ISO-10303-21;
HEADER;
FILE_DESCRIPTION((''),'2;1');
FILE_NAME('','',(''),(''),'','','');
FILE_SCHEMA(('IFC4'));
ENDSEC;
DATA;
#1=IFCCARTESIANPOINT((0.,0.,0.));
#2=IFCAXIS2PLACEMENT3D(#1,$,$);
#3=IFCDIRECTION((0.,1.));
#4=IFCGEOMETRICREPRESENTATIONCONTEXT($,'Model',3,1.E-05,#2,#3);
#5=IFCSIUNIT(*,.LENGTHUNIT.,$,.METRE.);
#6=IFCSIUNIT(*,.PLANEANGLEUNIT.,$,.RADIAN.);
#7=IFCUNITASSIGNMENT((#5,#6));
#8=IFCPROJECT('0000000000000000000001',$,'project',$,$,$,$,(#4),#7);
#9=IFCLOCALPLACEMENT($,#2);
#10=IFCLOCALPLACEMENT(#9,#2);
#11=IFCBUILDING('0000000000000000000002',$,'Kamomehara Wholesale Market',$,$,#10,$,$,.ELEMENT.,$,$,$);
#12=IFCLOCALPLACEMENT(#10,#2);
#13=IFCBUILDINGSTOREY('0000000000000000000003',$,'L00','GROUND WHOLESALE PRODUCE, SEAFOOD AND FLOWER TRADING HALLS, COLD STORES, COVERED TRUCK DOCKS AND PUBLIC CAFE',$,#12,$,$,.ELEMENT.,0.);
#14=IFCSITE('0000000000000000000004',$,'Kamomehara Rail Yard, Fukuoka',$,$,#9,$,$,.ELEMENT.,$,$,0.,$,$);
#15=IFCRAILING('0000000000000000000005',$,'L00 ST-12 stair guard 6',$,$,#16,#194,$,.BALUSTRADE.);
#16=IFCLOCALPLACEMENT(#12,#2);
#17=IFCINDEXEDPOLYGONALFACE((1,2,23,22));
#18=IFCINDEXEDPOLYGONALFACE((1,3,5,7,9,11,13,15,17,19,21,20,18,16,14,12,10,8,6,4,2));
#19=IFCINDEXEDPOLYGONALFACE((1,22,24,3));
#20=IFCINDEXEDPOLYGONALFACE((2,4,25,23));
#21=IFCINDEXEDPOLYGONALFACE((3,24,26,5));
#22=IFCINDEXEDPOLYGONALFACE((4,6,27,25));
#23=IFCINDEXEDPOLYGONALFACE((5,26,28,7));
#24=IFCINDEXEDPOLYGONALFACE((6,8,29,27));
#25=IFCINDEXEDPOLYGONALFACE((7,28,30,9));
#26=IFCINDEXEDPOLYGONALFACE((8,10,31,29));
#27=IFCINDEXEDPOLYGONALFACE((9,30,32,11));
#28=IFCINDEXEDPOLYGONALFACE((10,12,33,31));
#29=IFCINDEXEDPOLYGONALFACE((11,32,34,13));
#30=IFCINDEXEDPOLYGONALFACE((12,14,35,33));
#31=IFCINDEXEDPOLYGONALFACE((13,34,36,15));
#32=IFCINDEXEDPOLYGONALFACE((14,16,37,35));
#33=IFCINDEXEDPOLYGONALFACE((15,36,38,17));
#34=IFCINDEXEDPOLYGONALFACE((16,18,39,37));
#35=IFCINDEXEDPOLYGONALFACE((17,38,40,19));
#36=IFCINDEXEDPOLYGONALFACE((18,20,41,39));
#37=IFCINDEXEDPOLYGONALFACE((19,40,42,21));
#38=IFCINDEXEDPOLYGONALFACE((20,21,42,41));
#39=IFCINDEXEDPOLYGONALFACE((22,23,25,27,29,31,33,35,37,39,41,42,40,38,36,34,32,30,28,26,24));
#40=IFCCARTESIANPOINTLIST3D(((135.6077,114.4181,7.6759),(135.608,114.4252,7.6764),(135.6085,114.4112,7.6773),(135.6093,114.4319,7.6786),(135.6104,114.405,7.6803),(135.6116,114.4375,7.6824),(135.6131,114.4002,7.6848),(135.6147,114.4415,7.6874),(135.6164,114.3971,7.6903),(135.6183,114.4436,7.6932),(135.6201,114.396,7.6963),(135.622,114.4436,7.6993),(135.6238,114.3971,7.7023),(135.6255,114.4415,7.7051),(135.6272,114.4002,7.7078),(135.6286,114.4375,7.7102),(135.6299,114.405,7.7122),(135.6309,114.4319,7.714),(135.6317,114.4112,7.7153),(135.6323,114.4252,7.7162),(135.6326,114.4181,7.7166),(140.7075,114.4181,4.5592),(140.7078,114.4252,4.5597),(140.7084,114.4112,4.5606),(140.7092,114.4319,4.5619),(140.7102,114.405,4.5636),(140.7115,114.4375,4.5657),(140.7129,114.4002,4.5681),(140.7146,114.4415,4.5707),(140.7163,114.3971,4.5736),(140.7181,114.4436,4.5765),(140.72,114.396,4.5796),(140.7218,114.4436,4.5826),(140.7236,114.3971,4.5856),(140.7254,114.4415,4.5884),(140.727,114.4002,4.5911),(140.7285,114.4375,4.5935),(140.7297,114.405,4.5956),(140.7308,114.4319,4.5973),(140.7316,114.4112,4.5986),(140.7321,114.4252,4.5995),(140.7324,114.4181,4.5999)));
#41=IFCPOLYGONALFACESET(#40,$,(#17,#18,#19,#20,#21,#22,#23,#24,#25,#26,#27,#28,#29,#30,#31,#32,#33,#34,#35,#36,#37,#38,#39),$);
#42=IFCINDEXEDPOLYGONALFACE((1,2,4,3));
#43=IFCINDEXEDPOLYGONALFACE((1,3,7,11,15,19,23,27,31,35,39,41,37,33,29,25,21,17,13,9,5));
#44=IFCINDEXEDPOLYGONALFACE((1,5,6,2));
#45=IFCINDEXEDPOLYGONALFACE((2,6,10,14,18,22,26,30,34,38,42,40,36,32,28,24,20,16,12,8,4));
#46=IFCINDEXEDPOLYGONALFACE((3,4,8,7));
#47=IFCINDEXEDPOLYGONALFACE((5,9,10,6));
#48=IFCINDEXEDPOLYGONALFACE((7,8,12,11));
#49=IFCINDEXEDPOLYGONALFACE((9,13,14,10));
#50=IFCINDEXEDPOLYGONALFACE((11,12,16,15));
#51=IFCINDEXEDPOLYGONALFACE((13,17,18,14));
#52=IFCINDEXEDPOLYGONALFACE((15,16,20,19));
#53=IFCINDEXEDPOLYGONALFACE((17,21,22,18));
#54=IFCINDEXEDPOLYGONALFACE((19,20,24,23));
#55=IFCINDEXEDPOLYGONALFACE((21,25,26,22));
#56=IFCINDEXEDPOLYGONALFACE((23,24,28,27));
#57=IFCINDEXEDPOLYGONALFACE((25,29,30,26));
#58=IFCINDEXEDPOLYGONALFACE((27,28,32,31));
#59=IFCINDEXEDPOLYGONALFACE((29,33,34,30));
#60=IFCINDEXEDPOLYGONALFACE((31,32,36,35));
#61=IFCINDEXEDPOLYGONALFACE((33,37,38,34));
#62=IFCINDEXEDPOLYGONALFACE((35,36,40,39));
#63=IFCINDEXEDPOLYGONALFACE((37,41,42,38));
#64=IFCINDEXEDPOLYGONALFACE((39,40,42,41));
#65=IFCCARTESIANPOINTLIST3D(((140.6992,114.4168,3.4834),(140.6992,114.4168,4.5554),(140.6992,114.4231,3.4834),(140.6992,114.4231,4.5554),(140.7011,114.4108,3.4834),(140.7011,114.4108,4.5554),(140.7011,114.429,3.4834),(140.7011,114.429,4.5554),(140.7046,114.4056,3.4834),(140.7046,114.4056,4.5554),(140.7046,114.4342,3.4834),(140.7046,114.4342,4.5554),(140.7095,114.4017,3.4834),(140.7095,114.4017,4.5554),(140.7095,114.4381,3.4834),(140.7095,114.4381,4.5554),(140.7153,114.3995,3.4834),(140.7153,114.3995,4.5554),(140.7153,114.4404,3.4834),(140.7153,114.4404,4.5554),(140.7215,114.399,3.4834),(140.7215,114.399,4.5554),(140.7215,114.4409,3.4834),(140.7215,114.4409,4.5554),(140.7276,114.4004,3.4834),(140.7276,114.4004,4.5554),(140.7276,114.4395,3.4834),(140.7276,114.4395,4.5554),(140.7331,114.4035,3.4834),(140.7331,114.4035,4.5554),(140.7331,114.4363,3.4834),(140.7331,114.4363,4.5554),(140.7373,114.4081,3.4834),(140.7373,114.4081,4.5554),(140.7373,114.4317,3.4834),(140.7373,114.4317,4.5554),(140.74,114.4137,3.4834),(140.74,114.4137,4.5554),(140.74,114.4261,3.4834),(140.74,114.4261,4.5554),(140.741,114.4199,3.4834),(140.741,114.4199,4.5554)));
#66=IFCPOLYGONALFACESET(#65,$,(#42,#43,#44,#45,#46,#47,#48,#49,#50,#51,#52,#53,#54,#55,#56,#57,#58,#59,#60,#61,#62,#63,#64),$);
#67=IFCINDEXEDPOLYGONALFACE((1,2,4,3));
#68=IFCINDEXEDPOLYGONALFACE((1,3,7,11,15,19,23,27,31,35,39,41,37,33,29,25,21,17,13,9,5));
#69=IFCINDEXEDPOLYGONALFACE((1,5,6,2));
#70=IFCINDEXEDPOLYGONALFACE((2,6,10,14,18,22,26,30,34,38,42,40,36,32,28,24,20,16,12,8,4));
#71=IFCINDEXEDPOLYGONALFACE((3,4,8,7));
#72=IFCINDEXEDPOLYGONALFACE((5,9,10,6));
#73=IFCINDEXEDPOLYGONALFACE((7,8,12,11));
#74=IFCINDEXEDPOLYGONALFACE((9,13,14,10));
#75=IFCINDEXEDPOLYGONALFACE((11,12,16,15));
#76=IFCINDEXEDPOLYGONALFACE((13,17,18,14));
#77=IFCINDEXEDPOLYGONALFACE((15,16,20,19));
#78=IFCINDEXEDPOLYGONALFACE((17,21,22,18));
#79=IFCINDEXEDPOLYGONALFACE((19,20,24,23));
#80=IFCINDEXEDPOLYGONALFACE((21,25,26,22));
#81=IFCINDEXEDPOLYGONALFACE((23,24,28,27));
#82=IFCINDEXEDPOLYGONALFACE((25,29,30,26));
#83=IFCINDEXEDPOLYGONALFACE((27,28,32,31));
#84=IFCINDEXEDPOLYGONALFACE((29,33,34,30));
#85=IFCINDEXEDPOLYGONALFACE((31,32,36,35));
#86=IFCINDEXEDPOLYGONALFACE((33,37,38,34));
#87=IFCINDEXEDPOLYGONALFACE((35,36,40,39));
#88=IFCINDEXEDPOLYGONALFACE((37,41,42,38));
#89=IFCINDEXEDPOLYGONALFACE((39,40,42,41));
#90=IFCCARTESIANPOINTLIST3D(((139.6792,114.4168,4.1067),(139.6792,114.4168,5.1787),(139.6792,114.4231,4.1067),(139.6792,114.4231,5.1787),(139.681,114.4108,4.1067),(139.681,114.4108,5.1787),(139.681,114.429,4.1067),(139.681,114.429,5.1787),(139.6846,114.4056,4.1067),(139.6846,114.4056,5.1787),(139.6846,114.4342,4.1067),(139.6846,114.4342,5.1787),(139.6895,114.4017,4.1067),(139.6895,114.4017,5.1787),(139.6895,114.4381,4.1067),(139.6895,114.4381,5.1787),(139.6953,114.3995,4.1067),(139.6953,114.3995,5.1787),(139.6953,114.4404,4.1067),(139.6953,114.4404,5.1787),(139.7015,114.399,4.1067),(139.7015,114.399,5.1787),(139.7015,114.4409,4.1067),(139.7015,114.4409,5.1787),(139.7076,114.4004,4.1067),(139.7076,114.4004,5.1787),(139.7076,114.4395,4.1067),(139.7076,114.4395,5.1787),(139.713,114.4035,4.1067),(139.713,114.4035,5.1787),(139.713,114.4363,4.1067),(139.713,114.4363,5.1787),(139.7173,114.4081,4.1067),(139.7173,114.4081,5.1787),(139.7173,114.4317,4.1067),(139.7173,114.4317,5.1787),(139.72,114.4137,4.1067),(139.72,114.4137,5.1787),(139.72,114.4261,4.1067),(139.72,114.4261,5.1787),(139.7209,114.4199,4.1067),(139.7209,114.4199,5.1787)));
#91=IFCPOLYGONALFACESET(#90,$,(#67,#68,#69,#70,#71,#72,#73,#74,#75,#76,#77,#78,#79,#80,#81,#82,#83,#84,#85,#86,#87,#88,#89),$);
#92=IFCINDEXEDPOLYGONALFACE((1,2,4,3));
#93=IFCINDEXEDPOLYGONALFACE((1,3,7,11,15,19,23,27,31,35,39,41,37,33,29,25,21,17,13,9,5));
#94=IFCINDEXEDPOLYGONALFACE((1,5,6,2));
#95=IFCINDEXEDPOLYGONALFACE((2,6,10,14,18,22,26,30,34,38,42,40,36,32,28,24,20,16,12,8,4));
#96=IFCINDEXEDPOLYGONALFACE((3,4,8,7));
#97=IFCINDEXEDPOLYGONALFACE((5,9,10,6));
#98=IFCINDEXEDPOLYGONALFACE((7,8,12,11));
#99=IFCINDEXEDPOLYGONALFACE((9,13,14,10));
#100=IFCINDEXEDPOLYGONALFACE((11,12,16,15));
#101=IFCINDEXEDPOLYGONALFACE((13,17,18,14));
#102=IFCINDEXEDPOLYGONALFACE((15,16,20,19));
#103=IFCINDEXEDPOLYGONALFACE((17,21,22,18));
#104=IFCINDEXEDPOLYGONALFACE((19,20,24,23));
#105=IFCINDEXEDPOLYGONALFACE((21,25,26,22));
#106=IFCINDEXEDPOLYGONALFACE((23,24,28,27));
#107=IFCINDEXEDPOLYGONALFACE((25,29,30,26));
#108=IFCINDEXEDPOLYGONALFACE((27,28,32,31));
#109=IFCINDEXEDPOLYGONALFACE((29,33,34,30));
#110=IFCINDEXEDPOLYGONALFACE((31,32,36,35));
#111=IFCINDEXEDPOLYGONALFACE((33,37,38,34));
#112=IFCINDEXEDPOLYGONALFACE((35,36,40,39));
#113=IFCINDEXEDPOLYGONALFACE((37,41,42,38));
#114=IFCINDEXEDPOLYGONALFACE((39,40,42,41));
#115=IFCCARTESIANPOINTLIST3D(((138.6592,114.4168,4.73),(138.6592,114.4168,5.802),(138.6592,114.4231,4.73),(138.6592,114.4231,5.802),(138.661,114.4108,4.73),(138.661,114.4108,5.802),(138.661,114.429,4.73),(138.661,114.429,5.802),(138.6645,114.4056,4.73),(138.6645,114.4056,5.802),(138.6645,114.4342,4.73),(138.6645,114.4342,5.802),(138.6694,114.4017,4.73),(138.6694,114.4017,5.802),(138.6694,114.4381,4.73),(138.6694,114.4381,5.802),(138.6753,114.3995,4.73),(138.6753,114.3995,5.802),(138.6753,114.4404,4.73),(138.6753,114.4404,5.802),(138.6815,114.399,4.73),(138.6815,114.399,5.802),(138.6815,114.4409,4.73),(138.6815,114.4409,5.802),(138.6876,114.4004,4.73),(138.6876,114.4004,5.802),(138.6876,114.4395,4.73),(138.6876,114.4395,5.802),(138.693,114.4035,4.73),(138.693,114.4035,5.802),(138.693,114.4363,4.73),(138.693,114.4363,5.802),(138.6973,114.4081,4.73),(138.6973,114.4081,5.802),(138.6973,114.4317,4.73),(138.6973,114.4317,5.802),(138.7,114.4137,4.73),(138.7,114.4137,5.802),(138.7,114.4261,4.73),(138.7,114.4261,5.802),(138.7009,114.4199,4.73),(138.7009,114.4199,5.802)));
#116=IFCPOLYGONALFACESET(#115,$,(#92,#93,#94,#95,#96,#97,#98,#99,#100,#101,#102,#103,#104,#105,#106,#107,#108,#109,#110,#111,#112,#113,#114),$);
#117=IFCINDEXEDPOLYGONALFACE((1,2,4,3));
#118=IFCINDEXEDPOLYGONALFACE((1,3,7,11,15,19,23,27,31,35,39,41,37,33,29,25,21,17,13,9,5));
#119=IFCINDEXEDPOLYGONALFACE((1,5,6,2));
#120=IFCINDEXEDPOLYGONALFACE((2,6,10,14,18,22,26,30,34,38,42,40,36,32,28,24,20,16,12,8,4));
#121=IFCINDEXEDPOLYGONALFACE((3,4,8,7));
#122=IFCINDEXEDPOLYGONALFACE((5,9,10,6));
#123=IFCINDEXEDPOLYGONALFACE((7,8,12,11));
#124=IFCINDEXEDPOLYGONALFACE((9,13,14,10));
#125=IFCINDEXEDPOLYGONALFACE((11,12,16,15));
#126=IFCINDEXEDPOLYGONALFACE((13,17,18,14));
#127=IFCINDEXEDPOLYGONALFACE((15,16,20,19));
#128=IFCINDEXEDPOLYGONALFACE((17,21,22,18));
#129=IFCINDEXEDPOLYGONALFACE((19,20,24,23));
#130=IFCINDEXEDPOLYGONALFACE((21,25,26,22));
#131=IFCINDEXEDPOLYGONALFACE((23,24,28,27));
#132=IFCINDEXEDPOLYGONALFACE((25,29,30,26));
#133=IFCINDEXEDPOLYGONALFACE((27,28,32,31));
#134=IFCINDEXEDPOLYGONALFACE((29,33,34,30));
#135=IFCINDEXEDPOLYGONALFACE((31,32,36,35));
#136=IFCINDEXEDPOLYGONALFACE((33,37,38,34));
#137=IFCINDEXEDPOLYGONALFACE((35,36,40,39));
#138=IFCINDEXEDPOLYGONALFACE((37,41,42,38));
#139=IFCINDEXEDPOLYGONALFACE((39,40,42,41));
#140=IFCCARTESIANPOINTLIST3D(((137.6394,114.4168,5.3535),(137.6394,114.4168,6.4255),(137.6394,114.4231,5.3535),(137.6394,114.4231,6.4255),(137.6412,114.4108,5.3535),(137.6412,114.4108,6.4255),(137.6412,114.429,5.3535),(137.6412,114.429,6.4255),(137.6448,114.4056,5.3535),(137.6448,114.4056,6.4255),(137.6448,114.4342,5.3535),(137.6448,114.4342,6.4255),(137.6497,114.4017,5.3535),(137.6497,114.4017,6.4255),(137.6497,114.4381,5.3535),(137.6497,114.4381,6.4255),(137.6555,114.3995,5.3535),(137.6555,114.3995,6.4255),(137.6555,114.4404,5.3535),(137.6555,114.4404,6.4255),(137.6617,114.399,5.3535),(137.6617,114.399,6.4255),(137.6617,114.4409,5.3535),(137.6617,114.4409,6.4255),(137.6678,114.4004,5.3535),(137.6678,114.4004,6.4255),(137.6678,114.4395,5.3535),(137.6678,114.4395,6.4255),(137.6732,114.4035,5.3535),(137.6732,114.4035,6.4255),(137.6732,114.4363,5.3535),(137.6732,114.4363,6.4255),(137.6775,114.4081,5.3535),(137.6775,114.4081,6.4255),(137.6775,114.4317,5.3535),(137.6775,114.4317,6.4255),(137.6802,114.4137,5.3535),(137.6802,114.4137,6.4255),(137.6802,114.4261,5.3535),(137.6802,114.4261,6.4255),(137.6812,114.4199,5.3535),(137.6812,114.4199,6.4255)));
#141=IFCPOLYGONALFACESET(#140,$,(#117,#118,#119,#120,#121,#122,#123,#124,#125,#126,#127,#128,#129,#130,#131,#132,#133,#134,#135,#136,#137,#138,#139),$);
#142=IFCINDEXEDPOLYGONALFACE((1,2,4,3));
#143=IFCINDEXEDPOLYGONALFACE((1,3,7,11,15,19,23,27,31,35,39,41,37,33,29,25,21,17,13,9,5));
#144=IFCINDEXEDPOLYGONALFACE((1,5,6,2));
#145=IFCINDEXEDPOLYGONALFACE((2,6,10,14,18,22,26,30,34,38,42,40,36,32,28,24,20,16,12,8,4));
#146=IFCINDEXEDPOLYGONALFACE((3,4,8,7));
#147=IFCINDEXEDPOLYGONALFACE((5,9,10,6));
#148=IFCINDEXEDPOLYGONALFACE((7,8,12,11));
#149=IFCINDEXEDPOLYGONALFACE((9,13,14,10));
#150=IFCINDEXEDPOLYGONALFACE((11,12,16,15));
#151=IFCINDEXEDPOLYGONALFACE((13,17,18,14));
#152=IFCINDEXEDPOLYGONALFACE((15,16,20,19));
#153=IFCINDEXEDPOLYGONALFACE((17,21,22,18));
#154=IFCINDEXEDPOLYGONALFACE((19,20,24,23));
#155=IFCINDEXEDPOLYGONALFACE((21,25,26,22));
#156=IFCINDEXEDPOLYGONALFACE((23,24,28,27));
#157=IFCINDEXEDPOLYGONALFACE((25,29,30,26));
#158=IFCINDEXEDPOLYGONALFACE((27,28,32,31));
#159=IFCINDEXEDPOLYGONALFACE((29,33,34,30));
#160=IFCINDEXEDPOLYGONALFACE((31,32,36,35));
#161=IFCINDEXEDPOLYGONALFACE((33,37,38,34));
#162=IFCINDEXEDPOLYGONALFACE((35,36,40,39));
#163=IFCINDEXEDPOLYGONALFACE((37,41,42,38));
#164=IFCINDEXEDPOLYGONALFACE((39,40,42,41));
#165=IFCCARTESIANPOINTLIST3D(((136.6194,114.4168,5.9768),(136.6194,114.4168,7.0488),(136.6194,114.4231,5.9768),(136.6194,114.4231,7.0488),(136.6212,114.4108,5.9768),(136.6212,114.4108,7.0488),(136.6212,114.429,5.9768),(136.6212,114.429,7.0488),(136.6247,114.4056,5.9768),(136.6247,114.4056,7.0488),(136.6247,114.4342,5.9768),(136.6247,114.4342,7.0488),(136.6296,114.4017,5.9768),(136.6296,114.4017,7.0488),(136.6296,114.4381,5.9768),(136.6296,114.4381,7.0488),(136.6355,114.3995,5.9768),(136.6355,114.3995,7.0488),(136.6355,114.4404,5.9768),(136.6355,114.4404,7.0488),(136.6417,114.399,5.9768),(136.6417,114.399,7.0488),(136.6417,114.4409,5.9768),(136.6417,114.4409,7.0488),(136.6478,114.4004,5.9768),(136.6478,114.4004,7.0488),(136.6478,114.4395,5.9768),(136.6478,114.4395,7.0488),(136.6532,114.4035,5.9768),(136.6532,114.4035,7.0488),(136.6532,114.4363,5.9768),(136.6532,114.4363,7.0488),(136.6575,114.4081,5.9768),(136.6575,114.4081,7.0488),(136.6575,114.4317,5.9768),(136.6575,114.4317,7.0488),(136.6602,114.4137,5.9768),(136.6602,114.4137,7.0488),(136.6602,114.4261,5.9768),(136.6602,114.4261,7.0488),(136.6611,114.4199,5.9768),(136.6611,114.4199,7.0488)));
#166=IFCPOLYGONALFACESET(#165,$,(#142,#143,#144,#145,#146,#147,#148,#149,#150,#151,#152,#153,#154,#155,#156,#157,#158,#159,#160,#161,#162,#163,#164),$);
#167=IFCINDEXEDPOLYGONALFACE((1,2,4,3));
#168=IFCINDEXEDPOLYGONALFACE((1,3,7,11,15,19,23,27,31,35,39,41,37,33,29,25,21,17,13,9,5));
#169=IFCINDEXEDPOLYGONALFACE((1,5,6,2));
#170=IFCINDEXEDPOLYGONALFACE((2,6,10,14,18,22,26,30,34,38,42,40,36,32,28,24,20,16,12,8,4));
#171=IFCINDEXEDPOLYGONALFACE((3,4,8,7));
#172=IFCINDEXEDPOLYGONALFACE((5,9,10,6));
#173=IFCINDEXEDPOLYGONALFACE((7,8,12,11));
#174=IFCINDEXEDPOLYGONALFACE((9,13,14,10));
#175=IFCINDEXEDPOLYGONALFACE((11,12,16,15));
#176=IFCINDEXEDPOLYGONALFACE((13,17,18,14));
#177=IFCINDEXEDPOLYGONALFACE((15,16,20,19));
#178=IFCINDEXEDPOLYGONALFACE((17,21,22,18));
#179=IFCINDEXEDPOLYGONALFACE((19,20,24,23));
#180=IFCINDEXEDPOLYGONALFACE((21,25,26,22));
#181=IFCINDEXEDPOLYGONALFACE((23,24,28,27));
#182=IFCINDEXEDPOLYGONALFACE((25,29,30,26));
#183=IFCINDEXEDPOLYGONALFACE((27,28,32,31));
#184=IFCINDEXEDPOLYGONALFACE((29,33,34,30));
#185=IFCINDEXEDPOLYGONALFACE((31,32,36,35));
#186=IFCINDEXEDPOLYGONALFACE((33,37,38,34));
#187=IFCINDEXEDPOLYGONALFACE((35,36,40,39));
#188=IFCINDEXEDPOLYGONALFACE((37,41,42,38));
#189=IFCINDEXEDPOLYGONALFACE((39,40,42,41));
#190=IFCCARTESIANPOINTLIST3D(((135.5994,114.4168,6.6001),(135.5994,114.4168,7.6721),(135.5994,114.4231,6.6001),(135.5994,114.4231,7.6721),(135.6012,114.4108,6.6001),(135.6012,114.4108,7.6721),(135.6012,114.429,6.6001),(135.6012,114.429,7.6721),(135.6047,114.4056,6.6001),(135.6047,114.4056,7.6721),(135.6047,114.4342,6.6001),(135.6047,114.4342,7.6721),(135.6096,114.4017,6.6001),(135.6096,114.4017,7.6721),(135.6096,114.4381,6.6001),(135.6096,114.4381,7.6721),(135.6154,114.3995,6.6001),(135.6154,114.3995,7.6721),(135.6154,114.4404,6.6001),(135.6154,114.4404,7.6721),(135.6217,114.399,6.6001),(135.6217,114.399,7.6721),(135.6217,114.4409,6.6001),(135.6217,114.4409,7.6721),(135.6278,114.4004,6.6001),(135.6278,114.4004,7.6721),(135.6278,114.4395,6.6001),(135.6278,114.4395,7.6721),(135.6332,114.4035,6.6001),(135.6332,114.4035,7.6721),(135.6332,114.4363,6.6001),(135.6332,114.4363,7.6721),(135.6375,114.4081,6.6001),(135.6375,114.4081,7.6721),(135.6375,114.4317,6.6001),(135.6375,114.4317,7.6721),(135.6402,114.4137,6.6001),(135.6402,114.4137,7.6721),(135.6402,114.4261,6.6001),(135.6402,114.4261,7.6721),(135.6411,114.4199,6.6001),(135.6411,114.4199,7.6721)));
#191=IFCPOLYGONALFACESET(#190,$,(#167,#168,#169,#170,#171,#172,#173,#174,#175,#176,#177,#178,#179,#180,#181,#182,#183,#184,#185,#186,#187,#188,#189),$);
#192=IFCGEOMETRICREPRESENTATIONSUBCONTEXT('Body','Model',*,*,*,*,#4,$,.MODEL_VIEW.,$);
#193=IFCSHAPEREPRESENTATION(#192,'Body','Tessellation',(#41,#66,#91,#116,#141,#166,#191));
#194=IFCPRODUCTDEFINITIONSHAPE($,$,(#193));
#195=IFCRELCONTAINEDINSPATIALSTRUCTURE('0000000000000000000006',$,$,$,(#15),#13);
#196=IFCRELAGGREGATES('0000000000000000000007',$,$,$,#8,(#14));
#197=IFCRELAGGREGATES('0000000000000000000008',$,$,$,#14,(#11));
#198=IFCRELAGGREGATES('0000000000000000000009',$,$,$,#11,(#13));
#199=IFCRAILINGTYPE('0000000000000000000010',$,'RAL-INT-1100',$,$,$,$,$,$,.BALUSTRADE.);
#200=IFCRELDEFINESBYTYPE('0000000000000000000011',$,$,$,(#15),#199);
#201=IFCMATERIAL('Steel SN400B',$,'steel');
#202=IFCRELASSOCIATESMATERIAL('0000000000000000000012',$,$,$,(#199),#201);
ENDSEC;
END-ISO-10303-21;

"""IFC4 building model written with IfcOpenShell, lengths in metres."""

from ifc_helpers import new_model, si_unit, direction, frame, origin, origin_2d, place, context, subcontext, project, spatial, circle, extrude, material, type_object, element, save


model = new_model("IFC4")

# Units and contexts
model_context = context("Model", 3, precision=1e-05, world=origin(), true_north=direction((0.0, 1.0)))
body_context = subcontext(model_context, "Body", "Model", "MODEL_VIEW")
ifc_project = project(units=[si_unit("LENGTHUNIT", "METRE"), si_unit("PLANEANGLEUNIT", "RADIAN")], contexts=[model_context])

# Site, building, storey
site_placement = place(None, origin())
site = spatial("IfcSite", under=ifc_project, at=site_placement, Name="Kamomehara Rail Yard, Fukuoka", CompositionType="ELEMENT", RefElevation=0.0)
building_placement = place(site_placement, origin())
building = spatial("IfcBuilding", under=site, at=building_placement, Name="Kamomehara Wholesale Market", CompositionType="ELEMENT")
storey_placement = place(building_placement, origin())
storey = spatial("IfcBuildingStorey", under=building, at=storey_placement, Name="L00", Description="GROUND WHOLESALE PRODUCE, SEAFOOD AND FLOWER TRADING HALLS, COLD STORES, COVERED TRUCK DOCKS AND PUBLIC CAFE", CompositionType="ELEMENT", Elevation=0.0)

# Railing
ifc_material_1 = material(Name="Steel SN400B", Category="steel")
railing_type = type_object("IfcRailingType", Name="RAL-INT-1100", PredefinedType="BALUSTRADE", material=ifc_material_1)
railing_1_placement = place(storey_placement, frame((140.72, 114.4199, 3.4834)))
element("IfcRailing", 1, at=railing_1_placement, inside=storey, type_object=railing_type, Name="L00 ST-12 stair guard 6", PredefinedType="BALUSTRADE", context=body_context, shape_type="SweptSolid", body=[
    extrude(circle(Radius=0.0239, at=origin_2d()), frame((0.0, 0.0, 1.0962), z_axis=(-0.853273, 0.0, 0.521465), x_axis=(0.0, -1.0, 0.0)), (0.0, 0.0, 1.0), 5.9768),
    extrude(circle(Radius=0.021, at=origin_2d()), origin(), (0.0, 0.0, 1.0), 1.072),
    extrude(circle(Radius=0.021, at=origin_2d()), frame((-1.02, 0.0, 0.6233)), (0.0, 0.0, 1.0), 1.072),
    extrude(circle(Radius=0.021, at=origin_2d()), frame((-2.04, 0.0, 1.2466)), (0.0, 0.0, 1.0), 1.072),
    extrude(circle(Radius=0.021, at=origin_2d()), frame((-3.0598, 0.0, 1.8701)), (0.0, 0.0, 1.0), 1.072),
    extrude(circle(Radius=0.021, at=origin_2d()), frame((-4.0798, 0.0, 2.4934)), (0.0, 0.0, 1.0), 1.072),
    extrude(circle(Radius=0.021, at=origin_2d()), frame((-5.0999, 0.0, 3.1167)), (0.0, 0.0, 1.0), 1.072),
])

save(model, "model.ifc")
